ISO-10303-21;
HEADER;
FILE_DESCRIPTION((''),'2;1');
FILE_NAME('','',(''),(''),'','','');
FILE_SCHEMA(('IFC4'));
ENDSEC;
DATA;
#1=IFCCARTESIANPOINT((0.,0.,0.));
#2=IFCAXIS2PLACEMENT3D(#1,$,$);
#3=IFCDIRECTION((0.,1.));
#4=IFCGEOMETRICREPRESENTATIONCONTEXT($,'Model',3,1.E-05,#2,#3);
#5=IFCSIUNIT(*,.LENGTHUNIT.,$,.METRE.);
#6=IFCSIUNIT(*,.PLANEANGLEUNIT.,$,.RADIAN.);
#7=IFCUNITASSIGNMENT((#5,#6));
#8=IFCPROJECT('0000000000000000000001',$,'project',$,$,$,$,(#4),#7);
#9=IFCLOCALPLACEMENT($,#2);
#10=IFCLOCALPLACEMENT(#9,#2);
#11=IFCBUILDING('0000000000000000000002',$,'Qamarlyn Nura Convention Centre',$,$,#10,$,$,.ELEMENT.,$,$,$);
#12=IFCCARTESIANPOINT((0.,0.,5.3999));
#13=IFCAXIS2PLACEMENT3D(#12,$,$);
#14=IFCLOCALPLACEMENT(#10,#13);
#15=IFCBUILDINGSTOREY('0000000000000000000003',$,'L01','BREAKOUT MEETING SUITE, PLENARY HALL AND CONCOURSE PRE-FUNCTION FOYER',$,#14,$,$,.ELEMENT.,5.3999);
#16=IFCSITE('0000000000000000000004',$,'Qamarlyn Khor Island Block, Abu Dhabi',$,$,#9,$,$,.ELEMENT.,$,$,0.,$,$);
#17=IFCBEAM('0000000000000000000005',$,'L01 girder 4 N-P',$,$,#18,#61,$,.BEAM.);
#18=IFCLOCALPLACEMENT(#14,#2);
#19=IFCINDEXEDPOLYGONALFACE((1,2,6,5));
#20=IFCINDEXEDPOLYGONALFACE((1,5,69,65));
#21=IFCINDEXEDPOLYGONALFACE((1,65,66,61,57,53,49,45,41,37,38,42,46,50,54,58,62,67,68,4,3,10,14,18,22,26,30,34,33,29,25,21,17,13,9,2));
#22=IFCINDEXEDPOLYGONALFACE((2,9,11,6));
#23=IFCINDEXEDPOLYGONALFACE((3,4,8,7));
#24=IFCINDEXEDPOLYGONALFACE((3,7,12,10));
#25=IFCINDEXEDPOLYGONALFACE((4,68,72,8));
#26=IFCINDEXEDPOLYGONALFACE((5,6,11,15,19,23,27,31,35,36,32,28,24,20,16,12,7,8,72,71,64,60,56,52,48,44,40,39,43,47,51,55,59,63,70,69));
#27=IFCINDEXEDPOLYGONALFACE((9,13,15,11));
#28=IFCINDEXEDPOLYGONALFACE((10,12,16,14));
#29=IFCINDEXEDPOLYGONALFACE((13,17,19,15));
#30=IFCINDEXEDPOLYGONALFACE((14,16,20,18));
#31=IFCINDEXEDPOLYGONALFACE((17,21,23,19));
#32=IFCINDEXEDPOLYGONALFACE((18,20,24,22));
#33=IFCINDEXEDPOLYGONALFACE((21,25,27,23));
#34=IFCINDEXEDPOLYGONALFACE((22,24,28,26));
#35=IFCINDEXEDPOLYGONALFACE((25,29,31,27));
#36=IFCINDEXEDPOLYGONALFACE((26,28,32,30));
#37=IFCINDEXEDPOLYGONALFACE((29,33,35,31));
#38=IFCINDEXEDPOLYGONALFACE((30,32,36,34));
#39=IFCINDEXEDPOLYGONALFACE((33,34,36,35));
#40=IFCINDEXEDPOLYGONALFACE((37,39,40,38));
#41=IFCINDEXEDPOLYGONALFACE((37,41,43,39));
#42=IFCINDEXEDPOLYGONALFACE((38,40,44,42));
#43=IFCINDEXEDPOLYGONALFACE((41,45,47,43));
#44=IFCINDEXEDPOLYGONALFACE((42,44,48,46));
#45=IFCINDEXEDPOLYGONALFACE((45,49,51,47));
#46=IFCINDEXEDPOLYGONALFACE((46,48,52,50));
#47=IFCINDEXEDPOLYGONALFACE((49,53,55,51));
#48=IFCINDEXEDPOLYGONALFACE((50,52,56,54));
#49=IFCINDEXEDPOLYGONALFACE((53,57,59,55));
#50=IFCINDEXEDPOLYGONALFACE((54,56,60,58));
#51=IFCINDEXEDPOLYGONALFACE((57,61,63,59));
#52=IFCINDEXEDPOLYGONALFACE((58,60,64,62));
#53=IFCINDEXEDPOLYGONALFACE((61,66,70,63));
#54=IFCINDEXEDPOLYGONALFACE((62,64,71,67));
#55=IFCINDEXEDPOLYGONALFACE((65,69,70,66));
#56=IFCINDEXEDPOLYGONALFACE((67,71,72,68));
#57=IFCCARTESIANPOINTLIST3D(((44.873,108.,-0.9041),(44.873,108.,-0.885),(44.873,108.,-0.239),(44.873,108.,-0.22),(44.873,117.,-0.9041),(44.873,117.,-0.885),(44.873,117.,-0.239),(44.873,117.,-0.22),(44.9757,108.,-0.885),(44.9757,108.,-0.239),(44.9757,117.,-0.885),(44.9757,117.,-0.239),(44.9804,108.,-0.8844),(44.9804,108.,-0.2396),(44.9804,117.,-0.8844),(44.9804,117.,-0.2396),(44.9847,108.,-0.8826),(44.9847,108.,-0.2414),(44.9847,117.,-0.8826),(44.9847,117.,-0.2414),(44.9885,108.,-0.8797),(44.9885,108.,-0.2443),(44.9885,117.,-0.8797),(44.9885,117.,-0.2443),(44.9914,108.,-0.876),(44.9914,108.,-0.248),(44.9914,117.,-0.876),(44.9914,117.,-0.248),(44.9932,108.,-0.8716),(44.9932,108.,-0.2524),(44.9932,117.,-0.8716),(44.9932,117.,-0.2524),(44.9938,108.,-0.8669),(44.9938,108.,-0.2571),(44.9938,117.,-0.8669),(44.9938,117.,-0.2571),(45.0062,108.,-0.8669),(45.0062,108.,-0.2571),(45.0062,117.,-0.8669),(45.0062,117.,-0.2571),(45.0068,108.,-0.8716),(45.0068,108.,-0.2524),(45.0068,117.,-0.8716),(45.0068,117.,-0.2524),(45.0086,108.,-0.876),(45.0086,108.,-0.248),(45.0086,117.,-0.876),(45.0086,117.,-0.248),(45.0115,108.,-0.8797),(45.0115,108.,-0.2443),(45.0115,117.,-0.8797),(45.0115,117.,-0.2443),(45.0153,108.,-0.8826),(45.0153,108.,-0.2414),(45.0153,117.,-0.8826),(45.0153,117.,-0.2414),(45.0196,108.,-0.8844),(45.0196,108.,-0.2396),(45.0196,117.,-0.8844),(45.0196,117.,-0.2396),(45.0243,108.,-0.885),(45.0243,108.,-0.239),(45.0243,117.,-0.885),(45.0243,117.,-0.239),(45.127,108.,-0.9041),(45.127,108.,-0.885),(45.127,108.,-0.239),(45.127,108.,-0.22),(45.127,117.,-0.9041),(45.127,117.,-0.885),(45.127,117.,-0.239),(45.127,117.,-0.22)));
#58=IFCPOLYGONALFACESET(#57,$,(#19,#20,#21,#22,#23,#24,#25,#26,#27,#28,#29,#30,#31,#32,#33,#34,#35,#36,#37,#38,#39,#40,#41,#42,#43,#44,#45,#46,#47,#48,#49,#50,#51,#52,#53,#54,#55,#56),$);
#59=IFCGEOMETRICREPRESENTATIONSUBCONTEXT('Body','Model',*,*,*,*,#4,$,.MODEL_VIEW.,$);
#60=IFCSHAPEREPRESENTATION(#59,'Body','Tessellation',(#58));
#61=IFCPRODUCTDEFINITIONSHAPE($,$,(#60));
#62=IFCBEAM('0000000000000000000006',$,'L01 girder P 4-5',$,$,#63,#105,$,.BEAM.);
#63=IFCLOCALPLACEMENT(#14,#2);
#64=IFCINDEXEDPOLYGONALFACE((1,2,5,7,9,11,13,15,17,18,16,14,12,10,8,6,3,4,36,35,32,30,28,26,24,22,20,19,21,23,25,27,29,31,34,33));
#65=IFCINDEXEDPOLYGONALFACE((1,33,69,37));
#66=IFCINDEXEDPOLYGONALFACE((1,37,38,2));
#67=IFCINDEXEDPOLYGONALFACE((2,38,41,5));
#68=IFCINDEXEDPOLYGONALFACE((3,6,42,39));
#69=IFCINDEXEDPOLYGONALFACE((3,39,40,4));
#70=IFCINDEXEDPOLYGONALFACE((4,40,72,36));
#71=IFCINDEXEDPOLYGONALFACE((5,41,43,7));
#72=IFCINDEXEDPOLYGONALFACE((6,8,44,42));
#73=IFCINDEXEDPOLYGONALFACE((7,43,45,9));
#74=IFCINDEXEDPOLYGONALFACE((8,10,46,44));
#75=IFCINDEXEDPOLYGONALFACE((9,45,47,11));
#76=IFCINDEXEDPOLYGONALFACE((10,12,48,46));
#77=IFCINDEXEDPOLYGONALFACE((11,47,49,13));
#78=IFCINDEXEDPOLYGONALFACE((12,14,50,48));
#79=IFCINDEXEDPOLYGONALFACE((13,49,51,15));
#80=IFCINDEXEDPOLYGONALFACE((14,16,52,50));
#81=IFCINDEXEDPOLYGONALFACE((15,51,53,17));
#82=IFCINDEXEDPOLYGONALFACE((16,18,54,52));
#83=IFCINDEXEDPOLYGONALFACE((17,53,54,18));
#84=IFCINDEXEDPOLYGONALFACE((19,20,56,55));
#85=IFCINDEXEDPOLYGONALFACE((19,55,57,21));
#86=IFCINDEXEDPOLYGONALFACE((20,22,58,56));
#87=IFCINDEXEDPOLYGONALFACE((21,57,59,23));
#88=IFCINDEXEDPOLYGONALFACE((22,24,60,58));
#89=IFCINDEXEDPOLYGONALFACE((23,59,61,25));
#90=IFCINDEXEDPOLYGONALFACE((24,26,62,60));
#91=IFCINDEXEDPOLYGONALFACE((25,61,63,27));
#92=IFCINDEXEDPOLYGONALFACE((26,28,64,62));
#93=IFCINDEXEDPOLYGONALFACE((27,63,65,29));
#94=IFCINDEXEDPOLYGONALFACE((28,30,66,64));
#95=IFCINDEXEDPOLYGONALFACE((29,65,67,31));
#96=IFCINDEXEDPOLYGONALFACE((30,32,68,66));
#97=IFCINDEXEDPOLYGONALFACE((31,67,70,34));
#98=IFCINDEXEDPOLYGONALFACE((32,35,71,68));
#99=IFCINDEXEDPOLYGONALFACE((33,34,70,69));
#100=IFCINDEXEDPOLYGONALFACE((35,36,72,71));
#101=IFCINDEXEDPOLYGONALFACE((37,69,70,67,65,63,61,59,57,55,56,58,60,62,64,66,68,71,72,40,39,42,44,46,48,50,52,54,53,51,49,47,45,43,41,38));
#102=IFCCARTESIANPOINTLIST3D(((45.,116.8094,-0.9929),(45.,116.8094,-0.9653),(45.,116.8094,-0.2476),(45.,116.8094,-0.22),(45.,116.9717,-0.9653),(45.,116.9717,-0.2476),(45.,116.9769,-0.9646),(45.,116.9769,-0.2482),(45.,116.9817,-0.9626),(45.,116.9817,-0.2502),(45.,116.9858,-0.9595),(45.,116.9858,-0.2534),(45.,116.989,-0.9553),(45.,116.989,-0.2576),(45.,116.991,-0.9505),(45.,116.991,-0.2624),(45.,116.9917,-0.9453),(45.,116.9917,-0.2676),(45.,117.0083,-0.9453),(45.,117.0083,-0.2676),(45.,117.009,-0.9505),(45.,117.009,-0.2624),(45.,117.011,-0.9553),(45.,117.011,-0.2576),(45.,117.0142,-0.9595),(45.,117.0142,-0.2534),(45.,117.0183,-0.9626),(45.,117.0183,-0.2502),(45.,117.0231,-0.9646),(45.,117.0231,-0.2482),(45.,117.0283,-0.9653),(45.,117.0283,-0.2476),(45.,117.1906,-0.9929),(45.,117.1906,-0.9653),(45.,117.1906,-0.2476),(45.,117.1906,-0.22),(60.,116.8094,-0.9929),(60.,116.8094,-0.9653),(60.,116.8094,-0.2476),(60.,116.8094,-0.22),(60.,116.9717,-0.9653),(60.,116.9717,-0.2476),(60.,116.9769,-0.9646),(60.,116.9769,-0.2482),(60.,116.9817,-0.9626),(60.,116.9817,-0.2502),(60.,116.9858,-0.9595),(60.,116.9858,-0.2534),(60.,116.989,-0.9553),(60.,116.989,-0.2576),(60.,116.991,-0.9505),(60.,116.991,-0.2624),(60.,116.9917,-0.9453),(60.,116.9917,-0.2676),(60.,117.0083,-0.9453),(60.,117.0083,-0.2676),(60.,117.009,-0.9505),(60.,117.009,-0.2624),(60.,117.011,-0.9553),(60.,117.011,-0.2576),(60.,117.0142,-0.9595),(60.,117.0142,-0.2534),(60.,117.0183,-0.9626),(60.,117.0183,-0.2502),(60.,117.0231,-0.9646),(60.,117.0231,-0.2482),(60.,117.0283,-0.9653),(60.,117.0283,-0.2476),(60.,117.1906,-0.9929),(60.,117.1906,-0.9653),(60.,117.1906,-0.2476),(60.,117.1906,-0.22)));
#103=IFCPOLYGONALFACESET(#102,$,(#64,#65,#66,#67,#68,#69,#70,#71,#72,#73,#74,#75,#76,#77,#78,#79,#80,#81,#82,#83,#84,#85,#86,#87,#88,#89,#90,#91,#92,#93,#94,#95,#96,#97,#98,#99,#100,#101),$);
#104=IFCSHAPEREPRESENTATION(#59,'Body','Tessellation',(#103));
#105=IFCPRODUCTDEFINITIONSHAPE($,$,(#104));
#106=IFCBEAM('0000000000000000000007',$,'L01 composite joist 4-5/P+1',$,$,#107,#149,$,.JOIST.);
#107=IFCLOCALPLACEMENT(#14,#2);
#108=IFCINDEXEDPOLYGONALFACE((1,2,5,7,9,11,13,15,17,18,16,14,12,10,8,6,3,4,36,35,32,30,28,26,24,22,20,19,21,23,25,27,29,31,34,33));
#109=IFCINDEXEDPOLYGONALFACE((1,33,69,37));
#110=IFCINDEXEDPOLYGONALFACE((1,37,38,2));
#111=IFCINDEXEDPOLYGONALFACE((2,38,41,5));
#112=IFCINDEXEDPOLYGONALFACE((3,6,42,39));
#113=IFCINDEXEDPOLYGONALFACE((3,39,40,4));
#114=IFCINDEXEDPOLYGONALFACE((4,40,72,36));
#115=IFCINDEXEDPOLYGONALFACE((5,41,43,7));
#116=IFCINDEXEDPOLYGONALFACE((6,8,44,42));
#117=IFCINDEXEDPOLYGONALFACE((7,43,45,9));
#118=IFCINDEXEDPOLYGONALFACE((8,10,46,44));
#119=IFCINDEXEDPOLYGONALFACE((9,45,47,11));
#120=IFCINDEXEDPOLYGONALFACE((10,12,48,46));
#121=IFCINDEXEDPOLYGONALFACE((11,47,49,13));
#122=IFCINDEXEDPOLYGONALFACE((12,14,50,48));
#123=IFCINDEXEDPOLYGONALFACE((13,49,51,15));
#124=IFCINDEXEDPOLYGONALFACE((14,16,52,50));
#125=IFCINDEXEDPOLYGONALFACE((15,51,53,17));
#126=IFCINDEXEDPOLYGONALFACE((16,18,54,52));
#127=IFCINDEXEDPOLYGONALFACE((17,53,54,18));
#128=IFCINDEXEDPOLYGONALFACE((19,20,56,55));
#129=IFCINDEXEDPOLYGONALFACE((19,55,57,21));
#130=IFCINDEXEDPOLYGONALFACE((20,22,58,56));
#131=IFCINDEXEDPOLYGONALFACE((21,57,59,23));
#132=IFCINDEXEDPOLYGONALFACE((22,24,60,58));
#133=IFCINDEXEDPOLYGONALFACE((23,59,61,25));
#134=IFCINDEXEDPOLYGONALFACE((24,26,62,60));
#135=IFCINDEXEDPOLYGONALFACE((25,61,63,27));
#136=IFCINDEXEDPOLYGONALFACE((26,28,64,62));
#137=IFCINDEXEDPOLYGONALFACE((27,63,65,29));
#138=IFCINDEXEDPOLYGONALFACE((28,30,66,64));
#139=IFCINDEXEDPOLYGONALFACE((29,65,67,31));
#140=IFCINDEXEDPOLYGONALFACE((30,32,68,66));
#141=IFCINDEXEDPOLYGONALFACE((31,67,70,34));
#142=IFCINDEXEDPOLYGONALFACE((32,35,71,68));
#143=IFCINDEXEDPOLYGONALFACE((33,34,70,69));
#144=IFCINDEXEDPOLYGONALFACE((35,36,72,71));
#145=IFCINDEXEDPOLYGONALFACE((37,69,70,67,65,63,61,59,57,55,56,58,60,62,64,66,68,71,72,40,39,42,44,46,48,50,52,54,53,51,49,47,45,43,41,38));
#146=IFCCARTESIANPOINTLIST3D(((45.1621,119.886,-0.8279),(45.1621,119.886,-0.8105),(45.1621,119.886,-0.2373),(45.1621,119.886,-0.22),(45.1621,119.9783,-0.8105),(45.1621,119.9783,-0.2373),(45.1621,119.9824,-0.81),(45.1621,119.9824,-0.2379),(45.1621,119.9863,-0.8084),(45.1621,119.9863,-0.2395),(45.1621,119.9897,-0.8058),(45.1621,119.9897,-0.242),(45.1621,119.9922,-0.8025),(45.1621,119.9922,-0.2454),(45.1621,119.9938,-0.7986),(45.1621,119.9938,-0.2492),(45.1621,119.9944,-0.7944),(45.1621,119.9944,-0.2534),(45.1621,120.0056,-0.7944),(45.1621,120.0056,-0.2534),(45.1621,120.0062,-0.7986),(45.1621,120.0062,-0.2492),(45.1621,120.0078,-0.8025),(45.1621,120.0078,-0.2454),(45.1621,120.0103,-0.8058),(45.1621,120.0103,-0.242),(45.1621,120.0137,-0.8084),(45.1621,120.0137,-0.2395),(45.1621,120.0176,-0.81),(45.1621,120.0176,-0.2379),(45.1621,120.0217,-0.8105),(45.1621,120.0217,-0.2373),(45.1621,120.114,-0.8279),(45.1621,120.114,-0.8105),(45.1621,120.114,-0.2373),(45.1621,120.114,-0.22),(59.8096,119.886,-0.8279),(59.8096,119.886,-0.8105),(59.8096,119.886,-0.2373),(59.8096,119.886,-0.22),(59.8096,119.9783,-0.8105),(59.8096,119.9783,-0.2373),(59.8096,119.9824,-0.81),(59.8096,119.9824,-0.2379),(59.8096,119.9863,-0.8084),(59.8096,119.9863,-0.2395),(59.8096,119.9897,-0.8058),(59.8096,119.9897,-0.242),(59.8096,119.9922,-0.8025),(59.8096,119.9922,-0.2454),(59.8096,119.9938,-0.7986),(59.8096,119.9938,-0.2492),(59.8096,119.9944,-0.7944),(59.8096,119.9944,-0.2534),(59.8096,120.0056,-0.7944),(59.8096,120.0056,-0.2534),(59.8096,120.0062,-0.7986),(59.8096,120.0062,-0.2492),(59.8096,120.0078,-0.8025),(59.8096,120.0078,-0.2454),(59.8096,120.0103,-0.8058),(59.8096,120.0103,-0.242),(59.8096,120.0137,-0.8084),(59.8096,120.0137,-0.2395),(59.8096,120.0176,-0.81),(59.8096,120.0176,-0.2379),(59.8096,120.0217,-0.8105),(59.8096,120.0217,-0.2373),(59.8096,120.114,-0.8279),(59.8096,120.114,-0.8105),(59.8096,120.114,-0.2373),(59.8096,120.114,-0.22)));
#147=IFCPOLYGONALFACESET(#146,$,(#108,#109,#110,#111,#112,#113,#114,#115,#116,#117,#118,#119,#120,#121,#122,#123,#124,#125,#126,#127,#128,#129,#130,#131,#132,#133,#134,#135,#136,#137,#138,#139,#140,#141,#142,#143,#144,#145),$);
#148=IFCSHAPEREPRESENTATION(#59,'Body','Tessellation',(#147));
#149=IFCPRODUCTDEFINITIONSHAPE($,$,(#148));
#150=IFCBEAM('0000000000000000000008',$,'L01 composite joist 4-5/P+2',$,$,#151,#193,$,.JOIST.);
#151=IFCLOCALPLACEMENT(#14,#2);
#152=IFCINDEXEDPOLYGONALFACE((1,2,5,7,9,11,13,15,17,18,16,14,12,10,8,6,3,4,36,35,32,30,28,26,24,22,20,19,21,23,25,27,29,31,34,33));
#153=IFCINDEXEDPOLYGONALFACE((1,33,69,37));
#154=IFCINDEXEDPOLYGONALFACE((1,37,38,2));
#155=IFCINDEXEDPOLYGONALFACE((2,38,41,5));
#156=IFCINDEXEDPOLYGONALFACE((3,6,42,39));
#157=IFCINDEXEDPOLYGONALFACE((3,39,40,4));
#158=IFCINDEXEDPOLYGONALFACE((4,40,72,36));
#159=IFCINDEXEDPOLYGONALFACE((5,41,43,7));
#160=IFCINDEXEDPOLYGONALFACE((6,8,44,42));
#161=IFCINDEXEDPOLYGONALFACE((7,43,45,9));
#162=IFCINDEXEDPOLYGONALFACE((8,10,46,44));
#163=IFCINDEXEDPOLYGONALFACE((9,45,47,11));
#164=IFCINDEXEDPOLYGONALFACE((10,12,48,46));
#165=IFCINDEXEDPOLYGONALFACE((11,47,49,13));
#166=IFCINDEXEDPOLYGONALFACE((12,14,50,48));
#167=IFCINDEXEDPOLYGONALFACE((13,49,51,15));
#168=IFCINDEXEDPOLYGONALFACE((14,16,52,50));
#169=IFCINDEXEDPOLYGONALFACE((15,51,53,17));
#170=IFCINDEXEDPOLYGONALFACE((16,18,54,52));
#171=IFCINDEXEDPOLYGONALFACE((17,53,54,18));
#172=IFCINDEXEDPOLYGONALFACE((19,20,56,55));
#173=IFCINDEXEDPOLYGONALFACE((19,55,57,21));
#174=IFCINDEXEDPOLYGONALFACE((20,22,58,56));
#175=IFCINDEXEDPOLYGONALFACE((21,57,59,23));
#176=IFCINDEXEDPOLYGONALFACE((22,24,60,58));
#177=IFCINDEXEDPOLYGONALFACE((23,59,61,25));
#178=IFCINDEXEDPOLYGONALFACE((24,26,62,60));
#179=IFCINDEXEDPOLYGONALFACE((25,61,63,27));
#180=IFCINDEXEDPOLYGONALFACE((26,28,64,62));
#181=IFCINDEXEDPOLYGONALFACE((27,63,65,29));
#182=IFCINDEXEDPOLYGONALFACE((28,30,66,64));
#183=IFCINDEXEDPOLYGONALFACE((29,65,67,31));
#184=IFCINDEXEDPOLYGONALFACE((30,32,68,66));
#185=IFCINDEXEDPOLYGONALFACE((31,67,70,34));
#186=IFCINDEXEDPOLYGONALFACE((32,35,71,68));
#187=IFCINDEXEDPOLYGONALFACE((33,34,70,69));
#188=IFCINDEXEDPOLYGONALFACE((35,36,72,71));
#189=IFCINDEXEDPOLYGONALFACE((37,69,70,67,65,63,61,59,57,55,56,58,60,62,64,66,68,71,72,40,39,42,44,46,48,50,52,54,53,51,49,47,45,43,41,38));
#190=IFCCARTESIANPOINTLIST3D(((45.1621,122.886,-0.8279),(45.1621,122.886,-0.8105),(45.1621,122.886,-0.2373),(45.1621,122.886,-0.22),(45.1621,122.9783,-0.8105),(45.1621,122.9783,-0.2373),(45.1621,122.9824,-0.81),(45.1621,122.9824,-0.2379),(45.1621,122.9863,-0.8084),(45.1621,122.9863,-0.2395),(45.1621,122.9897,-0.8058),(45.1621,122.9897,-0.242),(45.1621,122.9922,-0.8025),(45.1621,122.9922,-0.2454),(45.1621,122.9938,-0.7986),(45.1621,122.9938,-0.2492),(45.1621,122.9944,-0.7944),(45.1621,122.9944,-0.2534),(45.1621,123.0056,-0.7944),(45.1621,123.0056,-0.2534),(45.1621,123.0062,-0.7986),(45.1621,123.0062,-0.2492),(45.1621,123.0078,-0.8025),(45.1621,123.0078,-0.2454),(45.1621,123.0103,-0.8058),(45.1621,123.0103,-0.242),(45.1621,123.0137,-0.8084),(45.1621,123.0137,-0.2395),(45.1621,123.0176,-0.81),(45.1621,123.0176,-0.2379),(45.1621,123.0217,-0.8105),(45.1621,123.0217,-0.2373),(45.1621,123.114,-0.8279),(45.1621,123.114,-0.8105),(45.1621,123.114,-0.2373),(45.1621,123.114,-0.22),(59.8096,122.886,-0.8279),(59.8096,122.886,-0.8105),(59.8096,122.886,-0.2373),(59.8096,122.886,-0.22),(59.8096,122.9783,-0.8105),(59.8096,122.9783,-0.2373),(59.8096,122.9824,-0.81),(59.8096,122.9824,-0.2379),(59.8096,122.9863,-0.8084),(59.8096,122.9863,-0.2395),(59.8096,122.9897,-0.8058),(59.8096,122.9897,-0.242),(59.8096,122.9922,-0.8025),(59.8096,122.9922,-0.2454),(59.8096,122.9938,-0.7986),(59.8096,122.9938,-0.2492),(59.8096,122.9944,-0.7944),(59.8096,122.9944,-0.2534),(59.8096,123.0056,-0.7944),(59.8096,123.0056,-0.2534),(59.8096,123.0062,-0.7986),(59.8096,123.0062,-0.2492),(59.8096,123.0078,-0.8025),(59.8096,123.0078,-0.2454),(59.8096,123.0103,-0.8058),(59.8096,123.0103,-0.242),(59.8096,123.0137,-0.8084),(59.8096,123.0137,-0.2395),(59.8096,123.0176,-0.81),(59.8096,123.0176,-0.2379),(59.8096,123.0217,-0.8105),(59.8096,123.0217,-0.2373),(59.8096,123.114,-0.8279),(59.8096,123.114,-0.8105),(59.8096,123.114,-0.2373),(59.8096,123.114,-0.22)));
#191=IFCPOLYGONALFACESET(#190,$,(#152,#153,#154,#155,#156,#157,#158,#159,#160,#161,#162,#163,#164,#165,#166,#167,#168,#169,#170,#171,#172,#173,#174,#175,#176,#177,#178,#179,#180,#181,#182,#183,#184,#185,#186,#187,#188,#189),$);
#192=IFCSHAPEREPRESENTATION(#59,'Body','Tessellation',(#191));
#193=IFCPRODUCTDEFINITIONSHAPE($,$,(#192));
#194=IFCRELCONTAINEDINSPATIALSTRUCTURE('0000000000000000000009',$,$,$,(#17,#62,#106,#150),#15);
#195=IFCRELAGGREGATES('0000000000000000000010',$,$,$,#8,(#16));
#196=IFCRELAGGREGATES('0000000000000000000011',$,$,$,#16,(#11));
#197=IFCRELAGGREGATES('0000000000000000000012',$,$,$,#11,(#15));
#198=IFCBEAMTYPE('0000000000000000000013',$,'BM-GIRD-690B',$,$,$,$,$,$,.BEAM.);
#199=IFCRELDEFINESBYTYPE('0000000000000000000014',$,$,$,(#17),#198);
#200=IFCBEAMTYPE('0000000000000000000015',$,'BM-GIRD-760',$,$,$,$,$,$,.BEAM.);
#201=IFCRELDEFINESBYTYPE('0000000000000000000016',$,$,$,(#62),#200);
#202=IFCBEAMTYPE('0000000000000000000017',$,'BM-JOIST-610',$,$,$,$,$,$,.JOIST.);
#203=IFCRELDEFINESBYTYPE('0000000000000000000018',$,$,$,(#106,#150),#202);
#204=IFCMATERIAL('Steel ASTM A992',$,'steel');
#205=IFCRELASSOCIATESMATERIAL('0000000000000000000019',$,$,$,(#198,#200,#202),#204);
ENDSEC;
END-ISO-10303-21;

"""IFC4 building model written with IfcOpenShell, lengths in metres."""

from ifc_helpers import new_model, si_unit, direction, frame, origin, origin_2d, place, context, subcontext, project, spatial, i_section, extrude, material, material_profile, profile_set, type_object, element, save


model = new_model("IFC4")

# Units and contexts
model_context = context("Model", 3, precision=1e-05, world=origin(), true_north=direction((0.0, 1.0)))
body_context = subcontext(model_context, "Body", "Model", "MODEL_VIEW")
ifc_project = project(units=[si_unit("LENGTHUNIT", "METRE"), si_unit("PLANEANGLEUNIT", "RADIAN")], contexts=[model_context])

# Site, building, storey
site_placement = place(None, origin())
site = spatial("IfcSite", under=ifc_project, at=site_placement, Name="Qamarlyn Khor Island Block, Abu Dhabi", CompositionType="ELEMENT", RefElevation=0.0)
building_placement = place(site_placement, origin())
building = spatial("IfcBuilding", under=site, at=building_placement, Name="Qamarlyn Nura Convention Centre", CompositionType="ELEMENT")
storey_placement = place(building_placement, frame((0.0, 0.0, 5.3999)))
storey = spatial("IfcBuildingStorey", under=building, at=storey_placement, Name="L01", Description="BREAKOUT MEETING SUITE, PLENARY HALL AND CONCOURSE PRE-FUNCTION FOYER", CompositionType="ELEMENT", Elevation=5.3999)

# Shared definitions
ifc_material_1 = material(Name="Steel ASTM A992", Category="steel")

# Beams
ifc_material_profile_1 = material_profile(ifc_material_1, i_section(OverallWidth=0.2539, OverallDepth=0.6841, WebThickness=0.0125, FlangeThickness=0.019, FilletRadius=0.0181, at=origin_2d()), Name="W690X140")
ifc_profile_set_1 = profile_set([ifc_material_profile_1], Name="Steel ASTM A992")
beam_type_1 = type_object("IfcBeamType", Name="BM-GIRD-690B", PredefinedType="BEAM", material=ifc_profile_set_1)
beam_1_placement = place(storey_placement, frame((45.0, 108.0, -0.562), z_axis=(0.0, 1.0, 0.0), x_axis=(-1.0, 0.0, 0.0)))
element("IfcBeam", 1, at=beam_1_placement, inside=storey, type_object=beam_type_1, Name="L01 girder 4 N-P", PredefinedType="BEAM", context=body_context, shape_type="SweptSolid", body=[
    extrude(i_section(OverallWidth=0.2539, OverallDepth=0.6841, WebThickness=0.0125, FlangeThickness=0.019, FilletRadius=0.0181, at=origin_2d()), origin(), (0.0, 0.0, 1.0), 9.0),
])
ifc_material_profile_2 = material_profile(ifc_material_1, i_section(OverallWidth=0.3811, OverallDepth=0.7729, WebThickness=0.0166, FlangeThickness=0.0276, FilletRadius=0.02, at=origin_2d()), Name="W760X257")
ifc_profile_set_2 = profile_set([ifc_material_profile_2], Name="Steel ASTM A992")
beam_type_2 = type_object("IfcBeamType", Name="BM-GIRD-760", PredefinedType="BEAM", material=ifc_profile_set_2)
beam_2_placement = place(storey_placement, frame((45.0, 117.0, -0.6064), z_axis=(1.0, 0.0, 0.0), x_axis=(0.0, 1.0, 0.0)))
element("IfcBeam", 2, at=beam_2_placement, inside=storey, type_object=beam_type_2, Name="L01 girder P 4-5", PredefinedType="BEAM", context=body_context, shape_type="SweptSolid", body=[
    extrude(i_section(OverallWidth=0.3811, OverallDepth=0.7729, WebThickness=0.0166, FlangeThickness=0.0276, FilletRadius=0.02, at=origin_2d()), origin(), (0.0, 0.0, 1.0), 15.0),
])
ifc_material_profile_3 = material_profile(ifc_material_1, i_section(OverallWidth=0.228, OverallDepth=0.6079, WebThickness=0.0112, FlangeThickness=0.0173, FilletRadius=0.0161, at=origin_2d()), Name="W610X113")
ifc_profile_set_3 = profile_set([ifc_material_profile_3], Name="Steel ASTM A992")
beam_type_3 = type_object("IfcBeamType", Name="BM-JOIST-610", PredefinedType="JOIST", material=ifc_profile_set_3)
for number, where, z_axis, x_axis, name in (
    (3, (45.1621, 120.0, -0.5239), (1.0, 0.0, 0.0), (0.0, 1.0, 0.0), "L01 composite joist 4-5/P+1"),
    (4, (45.1621, 123.0, -0.5239), (1.0, 0.0, 0.0), (0.0, 1.0, 0.0), "L01 composite joist 4-5/P+2"),
):
    element("IfcBeam", number, at=place(storey_placement, frame(where, z_axis=z_axis, x_axis=x_axis)), inside=storey, type_object=beam_type_3, Name=name, PredefinedType="JOIST", context=body_context, shape_type="SweptSolid", body=[
        extrude(i_section(OverallWidth=0.228, OverallDepth=0.6079, WebThickness=0.0112, FlangeThickness=0.0173, FilletRadius=0.0161, at=origin_2d()), origin(), (0.0, 0.0, 1.0), 14.6475),
    ])

save(model, "model.ifc")
